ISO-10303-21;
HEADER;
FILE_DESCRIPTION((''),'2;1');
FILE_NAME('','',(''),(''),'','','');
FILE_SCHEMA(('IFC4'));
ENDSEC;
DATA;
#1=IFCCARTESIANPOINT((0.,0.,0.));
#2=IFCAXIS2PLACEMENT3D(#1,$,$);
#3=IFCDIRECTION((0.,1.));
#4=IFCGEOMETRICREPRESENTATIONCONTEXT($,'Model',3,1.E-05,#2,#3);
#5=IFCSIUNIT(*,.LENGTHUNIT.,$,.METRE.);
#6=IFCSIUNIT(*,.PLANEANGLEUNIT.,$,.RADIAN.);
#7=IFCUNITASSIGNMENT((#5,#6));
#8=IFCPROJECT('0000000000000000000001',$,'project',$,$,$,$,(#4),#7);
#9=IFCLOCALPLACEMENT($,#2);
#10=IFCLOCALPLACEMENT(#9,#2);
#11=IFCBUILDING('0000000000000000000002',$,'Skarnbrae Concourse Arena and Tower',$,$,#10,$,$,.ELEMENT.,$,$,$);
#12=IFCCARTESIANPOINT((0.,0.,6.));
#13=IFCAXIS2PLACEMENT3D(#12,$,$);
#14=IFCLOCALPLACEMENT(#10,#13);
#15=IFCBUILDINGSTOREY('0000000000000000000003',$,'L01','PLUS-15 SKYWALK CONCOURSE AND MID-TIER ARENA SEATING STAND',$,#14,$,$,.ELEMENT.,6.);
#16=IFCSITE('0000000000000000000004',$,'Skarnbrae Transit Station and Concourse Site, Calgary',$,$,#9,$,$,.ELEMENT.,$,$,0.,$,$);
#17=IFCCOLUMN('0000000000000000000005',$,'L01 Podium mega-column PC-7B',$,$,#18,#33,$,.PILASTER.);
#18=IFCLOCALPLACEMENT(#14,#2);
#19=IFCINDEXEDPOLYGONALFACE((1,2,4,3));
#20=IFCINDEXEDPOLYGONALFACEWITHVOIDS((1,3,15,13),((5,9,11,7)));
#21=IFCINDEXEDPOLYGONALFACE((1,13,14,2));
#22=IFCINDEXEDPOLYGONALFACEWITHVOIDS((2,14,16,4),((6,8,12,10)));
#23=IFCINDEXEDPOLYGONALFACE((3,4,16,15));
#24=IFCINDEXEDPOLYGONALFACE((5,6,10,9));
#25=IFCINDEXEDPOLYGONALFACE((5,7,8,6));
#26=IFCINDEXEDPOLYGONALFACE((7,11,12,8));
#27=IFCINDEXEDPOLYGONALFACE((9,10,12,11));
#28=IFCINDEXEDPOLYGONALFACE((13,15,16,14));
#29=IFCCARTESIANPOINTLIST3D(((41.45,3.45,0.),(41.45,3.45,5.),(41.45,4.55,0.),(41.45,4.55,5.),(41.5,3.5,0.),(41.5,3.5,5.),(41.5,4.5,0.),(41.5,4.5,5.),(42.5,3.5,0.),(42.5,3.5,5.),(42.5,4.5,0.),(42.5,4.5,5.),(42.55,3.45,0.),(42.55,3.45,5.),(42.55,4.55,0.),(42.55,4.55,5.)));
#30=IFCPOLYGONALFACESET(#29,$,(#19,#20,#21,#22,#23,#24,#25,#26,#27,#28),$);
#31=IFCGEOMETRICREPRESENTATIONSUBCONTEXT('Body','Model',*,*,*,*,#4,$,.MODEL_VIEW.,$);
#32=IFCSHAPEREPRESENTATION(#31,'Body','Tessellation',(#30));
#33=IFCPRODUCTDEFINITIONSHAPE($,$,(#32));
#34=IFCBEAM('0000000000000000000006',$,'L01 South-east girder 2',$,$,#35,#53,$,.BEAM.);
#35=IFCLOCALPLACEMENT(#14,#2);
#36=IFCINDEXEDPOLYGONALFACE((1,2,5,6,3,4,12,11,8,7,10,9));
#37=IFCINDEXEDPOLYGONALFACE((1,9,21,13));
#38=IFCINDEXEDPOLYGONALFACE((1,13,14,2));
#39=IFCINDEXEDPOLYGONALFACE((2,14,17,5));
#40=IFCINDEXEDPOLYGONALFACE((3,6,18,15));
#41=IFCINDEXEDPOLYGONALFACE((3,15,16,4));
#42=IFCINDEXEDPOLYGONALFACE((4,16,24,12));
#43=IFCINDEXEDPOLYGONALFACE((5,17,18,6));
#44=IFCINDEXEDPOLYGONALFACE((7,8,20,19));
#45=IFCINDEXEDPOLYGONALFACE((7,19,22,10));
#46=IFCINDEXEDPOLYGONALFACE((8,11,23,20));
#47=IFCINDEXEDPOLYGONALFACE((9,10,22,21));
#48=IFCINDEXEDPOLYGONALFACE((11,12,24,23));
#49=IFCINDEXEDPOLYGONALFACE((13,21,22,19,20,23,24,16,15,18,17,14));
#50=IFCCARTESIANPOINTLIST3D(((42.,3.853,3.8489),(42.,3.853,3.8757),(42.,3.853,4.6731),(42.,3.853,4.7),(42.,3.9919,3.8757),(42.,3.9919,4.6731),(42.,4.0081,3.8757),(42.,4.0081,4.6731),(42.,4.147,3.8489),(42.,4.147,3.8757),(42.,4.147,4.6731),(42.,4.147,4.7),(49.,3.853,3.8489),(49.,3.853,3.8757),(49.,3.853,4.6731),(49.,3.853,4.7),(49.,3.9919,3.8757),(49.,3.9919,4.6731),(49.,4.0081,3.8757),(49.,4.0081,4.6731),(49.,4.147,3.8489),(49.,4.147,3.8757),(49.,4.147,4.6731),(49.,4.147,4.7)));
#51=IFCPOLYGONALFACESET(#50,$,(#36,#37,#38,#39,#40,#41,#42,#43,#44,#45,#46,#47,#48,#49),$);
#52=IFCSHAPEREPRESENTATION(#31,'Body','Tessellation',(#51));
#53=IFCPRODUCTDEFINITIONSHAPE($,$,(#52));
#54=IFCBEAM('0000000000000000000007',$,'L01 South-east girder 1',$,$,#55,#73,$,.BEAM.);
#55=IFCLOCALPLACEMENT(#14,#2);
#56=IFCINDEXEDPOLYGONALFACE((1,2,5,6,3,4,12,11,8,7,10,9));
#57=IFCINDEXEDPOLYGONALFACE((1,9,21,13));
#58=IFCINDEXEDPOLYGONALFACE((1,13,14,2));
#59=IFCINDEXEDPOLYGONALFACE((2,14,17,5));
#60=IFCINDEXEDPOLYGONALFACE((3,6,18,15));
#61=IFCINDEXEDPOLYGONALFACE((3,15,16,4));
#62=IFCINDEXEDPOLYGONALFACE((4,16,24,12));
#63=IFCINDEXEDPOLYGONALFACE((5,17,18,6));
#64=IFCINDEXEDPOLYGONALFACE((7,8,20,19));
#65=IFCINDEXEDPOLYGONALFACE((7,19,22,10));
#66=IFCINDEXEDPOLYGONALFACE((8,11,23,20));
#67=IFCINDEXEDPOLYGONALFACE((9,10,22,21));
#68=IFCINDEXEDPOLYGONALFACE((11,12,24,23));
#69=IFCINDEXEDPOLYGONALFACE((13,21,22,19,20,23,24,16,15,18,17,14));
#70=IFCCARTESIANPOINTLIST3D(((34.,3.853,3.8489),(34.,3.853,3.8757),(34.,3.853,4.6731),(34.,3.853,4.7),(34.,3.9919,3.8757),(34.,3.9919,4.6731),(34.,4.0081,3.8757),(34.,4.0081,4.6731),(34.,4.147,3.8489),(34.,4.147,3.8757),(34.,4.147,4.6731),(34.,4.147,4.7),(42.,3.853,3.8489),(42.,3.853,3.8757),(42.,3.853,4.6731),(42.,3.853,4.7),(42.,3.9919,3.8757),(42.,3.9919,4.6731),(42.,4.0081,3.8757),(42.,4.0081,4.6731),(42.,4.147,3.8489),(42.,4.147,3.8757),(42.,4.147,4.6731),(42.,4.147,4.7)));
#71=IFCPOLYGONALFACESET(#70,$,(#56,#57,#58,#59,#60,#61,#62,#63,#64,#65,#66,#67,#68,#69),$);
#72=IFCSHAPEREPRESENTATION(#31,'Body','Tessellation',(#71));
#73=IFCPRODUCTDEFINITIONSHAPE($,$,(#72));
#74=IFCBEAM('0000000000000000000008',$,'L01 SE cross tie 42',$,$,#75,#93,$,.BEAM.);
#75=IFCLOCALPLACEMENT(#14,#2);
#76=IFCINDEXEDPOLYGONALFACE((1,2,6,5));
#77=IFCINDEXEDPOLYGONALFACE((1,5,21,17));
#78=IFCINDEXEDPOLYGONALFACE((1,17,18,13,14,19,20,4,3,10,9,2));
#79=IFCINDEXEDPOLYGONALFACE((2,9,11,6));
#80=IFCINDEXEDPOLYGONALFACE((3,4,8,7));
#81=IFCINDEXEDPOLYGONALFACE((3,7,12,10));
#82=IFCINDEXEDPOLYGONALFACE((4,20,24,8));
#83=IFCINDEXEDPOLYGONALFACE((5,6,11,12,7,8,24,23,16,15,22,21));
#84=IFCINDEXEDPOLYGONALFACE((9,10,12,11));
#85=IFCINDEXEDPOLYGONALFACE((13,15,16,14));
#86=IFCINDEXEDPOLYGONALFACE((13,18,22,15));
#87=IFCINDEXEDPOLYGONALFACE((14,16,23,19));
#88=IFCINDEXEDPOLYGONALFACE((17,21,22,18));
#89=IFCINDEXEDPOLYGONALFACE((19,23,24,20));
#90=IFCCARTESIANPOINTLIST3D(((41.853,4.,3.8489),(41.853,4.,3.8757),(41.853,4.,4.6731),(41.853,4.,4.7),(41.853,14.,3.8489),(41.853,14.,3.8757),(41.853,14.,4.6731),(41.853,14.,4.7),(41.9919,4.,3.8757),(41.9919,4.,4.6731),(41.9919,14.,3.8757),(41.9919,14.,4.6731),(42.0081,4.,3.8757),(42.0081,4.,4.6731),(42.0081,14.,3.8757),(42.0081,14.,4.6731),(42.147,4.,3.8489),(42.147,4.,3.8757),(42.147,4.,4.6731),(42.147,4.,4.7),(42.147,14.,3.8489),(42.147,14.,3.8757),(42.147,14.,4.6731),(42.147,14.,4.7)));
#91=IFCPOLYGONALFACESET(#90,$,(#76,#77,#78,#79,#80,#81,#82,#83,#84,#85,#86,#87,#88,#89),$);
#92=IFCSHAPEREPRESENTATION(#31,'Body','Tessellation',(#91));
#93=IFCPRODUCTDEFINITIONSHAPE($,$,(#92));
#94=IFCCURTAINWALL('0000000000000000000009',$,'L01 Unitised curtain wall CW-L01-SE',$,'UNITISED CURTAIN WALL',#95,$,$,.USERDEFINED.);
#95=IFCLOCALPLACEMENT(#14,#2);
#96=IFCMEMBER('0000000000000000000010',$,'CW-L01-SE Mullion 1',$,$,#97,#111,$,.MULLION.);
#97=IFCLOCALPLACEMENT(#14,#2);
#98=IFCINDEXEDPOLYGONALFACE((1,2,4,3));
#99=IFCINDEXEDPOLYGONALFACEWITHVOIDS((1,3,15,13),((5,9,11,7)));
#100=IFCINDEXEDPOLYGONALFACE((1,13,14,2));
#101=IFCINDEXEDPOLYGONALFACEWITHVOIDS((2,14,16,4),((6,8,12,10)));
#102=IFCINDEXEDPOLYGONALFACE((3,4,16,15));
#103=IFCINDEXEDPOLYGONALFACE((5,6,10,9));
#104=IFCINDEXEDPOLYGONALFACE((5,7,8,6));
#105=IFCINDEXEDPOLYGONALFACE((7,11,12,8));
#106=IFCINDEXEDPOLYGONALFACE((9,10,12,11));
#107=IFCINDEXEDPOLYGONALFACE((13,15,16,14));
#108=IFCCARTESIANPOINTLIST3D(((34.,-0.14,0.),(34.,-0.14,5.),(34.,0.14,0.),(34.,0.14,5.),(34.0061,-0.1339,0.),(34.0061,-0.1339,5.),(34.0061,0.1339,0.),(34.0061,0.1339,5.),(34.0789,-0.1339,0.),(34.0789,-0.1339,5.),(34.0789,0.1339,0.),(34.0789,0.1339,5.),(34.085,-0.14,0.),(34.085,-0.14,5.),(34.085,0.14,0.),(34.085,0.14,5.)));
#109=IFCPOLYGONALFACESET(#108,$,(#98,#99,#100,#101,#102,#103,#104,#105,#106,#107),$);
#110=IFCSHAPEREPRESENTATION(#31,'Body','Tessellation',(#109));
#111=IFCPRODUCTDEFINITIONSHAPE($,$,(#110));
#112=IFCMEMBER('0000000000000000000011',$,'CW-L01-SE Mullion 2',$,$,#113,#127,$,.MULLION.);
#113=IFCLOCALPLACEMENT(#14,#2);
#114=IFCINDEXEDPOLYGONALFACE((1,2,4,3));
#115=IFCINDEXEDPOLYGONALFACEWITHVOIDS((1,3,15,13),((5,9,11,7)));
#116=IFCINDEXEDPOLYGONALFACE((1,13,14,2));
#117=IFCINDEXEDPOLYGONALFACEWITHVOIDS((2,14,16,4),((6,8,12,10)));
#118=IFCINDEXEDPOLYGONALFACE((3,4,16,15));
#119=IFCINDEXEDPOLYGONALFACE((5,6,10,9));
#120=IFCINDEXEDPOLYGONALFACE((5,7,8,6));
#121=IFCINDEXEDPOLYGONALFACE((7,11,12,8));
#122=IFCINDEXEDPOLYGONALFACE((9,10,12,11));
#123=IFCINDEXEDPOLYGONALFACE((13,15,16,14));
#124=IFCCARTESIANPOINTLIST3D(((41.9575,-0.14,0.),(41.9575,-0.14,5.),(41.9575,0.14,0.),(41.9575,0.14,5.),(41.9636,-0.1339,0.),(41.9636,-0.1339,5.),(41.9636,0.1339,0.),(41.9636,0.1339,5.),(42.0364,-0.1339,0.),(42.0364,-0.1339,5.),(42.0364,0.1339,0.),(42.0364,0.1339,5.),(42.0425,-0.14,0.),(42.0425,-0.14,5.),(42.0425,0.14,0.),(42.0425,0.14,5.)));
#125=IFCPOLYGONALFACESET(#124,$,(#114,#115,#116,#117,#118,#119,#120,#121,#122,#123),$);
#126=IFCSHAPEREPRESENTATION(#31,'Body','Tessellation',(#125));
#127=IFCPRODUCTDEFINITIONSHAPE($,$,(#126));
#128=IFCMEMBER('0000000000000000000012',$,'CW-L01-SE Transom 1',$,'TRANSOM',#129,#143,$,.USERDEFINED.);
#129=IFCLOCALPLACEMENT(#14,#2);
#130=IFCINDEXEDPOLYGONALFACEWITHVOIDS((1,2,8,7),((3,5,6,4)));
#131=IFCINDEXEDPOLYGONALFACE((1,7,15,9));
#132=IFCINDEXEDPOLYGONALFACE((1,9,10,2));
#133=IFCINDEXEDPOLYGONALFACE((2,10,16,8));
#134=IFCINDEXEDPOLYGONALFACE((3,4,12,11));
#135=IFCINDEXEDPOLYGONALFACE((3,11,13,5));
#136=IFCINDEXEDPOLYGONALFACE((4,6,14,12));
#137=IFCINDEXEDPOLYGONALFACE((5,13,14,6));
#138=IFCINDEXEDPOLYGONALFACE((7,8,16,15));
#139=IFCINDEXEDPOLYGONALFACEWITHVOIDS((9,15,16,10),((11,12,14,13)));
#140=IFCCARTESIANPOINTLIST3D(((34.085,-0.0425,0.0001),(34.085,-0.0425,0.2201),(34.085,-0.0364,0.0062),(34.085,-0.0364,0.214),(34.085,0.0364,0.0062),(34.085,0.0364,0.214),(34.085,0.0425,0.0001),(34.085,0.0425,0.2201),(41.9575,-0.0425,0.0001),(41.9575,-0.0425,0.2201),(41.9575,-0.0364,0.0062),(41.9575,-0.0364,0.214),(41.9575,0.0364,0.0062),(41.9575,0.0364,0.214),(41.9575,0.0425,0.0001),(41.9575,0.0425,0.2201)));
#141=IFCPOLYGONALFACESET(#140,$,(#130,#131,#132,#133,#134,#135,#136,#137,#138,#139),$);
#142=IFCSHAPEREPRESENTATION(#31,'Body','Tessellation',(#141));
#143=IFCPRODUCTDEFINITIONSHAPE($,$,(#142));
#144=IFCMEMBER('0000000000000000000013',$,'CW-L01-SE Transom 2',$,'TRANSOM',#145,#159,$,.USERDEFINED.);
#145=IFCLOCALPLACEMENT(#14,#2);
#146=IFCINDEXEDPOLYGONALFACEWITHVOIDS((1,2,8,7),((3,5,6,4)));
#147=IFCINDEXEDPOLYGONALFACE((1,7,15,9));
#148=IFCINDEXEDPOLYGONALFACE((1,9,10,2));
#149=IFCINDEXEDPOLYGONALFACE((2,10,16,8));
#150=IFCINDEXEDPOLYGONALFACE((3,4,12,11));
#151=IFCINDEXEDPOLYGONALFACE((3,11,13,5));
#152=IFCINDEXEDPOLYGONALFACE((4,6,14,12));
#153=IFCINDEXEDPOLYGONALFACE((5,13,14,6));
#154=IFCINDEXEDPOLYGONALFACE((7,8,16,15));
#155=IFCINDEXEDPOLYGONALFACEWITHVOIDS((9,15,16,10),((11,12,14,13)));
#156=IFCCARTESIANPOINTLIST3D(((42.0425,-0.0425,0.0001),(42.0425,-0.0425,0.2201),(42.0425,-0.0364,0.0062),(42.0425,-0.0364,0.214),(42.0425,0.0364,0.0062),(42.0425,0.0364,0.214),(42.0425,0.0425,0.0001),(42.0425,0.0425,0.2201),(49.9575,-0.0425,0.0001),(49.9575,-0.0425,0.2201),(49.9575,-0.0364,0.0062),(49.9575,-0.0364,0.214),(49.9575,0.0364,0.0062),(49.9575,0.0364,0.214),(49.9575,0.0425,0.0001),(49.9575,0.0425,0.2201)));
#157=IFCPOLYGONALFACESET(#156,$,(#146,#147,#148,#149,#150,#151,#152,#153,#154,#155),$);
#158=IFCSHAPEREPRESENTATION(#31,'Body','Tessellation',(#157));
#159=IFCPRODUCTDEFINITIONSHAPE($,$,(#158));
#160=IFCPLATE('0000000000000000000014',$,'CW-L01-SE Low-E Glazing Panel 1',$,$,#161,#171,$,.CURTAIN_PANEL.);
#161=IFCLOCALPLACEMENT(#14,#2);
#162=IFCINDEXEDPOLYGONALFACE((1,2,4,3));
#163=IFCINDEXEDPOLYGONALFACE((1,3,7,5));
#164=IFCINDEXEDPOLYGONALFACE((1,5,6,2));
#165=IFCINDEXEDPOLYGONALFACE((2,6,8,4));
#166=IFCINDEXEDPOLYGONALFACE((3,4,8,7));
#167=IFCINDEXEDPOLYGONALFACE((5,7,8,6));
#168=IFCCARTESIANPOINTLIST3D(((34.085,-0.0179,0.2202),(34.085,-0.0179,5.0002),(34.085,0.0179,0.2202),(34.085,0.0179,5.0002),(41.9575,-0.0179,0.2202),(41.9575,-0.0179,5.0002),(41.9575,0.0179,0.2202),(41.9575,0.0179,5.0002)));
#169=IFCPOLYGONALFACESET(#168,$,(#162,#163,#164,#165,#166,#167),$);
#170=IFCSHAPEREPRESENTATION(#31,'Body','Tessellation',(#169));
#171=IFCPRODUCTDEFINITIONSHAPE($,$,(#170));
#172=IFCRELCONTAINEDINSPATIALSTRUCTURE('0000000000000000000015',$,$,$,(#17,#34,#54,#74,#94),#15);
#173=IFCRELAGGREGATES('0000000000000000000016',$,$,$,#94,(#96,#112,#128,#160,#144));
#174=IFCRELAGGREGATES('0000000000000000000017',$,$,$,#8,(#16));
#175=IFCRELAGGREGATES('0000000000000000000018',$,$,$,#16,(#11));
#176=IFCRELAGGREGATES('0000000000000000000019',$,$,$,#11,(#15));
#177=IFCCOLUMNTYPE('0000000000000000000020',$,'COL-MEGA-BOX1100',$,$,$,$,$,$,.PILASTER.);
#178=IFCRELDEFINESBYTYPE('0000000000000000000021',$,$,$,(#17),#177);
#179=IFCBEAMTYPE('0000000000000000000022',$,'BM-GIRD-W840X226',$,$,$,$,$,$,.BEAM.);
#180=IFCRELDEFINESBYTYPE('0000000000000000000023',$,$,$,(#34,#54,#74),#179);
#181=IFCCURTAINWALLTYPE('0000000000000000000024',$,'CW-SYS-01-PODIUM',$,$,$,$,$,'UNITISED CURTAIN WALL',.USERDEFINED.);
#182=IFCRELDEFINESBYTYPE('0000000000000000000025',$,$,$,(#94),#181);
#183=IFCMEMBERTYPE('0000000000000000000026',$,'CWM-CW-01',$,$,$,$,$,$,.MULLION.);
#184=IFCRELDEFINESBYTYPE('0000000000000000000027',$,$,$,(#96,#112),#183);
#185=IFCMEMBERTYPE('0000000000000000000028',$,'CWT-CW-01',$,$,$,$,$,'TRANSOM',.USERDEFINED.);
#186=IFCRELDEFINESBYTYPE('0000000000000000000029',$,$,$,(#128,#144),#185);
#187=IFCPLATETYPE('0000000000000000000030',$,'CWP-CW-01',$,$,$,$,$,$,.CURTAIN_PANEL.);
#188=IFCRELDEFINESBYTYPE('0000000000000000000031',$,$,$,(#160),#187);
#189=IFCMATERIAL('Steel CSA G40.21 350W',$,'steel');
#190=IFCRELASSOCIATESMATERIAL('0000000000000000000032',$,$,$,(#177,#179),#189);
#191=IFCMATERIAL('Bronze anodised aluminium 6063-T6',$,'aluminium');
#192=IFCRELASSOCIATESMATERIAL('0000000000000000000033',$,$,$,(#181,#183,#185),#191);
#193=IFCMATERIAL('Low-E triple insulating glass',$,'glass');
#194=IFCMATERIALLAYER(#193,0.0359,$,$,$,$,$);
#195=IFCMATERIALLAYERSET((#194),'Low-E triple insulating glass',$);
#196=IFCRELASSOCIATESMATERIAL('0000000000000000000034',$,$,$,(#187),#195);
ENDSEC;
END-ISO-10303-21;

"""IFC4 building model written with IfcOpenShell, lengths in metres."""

from ifc_helpers import new_model, si_unit, direction, frame, origin, origin_2d, place, context, subcontext, project, spatial, rectangle, hollow_rectangle, i_section, extrude, source, transform, mapped, material, layer, layer_set, material_profile, profile_set, type_object, element, aggregate, save


model = new_model("IFC4")

# Units and contexts
model_context = context("Model", 3, precision=1e-05, world=origin(), true_north=direction((0.0, 1.0)))
body_context = subcontext(model_context, "Body", "Model", "MODEL_VIEW")
ifc_project = project(units=[si_unit("LENGTHUNIT", "METRE"), si_unit("PLANEANGLEUNIT", "RADIAN")], contexts=[model_context])

# Site, building, storey
site_placement = place(None, origin())
site = spatial("IfcSite", under=ifc_project, at=site_placement, Name="Skarnbrae Transit Station and Concourse Site, Calgary", CompositionType="ELEMENT", RefElevation=0.0)
building_placement = place(site_placement, origin())
building = spatial("IfcBuilding", under=site, at=building_placement, Name="Skarnbrae Concourse Arena and Tower", CompositionType="ELEMENT")
storey_placement = place(building_placement, frame((0.0, 0.0, 6.0)))
storey = spatial("IfcBuildingStorey", under=building, at=storey_placement, Name="L01", Description="PLUS-15 SKYWALK CONCOURSE AND MID-TIER ARENA SEATING STAND", CompositionType="ELEMENT", Elevation=6.0)

# Column
ifc_material_1 = material(Name="Steel CSA G40.21 350W", Category="steel")
ifc_material_profile_1 = material_profile(ifc_material_1, hollow_rectangle(XDim=1.1001, YDim=1.1001, WallThickness=0.05, at=origin_2d()), Name="BOX1100X1100X50")
ifc_profile_set_1 = profile_set([ifc_material_profile_1], Name="Steel CSA G40.21 350W")
column_type = type_object("IfcColumnType", Name="COL-MEGA-BOX1100", PredefinedType="PILASTER", material=ifc_profile_set_1)
shared_shape_1 = source(origin(), body_context, "Body", "SweptSolid", [
    extrude(hollow_rectangle(XDim=1.1001, YDim=1.1001, WallThickness=0.05, at=origin_2d()), origin(), (0.0, 0.0, 1.0), 5.0),
])
column_placement = place(storey_placement, frame((42.0, 4.0, 0.0), z_axis=(0.0, 0.0, 1.0), x_axis=(1.0, 0.0, 0.0)))
element("IfcColumn", 1, at=column_placement, inside=storey, type_object=column_type, Name="L01 Podium mega-column PC-7B", PredefinedType="PILASTER", context=body_context, shape_type="MappedRepresentation", body=[
    mapped(shared_shape_1, transform((0.0, 0.0, 0.0))),
])

# Beams
ifc_material_profile_2 = material_profile(ifc_material_1, i_section(OverallWidth=0.2939, OverallDepth=0.8511, WebThickness=0.0161, FlangeThickness=0.0269, at=origin_2d()), Name="W840X226")
ifc_profile_set_2 = profile_set([ifc_material_profile_2], Name="Steel CSA G40.21 350W")
beam_type = type_object("IfcBeamType", Name="BM-GIRD-W840X226", PredefinedType="BEAM", material=ifc_profile_set_2)
shared_shape_2 = source(origin(), body_context, "Body", "SweptSolid", [
    extrude(i_section(OverallWidth=0.2939, OverallDepth=0.8511, WebThickness=0.0161, FlangeThickness=0.0269, at=origin_2d()), origin(), (0.0, 0.0, 1.0), 7.0),
])
beam_1_placement = place(storey_placement, frame((42.0, 4.0, 4.2744), z_axis=(1.0, 0.0, 0.0), x_axis=(0.0, 1.0, 0.0)))
element("IfcBeam", 2, at=beam_1_placement, inside=storey, type_object=beam_type, Name="L01 South-east girder 2", PredefinedType="BEAM", context=body_context, shape_type="MappedRepresentation", body=[
    mapped(shared_shape_2, transform((0.0, 0.0, 0.0))),
])
shared_shape_3 = source(origin(), body_context, "Body", "SweptSolid", [
    extrude(i_section(OverallWidth=0.2939, OverallDepth=0.8511, WebThickness=0.0161, FlangeThickness=0.0269, at=origin_2d()), origin(), (0.0, 0.0, 1.0), 8.0),
])
beam_2_placement = place(storey_placement, frame((34.0, 4.0, 4.2744), z_axis=(1.0, 0.0, 0.0), x_axis=(0.0, 1.0, 0.0)))
element("IfcBeam", 3, at=beam_2_placement, inside=storey, type_object=beam_type, Name="L01 South-east girder 1", PredefinedType="BEAM", context=body_context, shape_type="MappedRepresentation", body=[
    mapped(shared_shape_3, transform((0.0, 0.0, 0.0))),
])
shared_shape_4 = source(origin(), body_context, "Body", "SweptSolid", [
    extrude(i_section(OverallWidth=0.2939, OverallDepth=0.8511, WebThickness=0.0161, FlangeThickness=0.0269, at=origin_2d()), origin(), (0.0, 0.0, 1.0), 10.0),
])
beam_3_placement = place(storey_placement, frame((42.0, 4.0, 4.2744), z_axis=(0.0, 1.0, 0.0), x_axis=(-1.0, 0.0, 0.0)))
element("IfcBeam", 4, at=beam_3_placement, inside=storey, type_object=beam_type, Name="L01 SE cross tie 42", PredefinedType="BEAM", context=body_context, shape_type="MappedRepresentation", body=[
    mapped(shared_shape_4, transform((0.0, 0.0, 0.0))),
])

# Curtain wall, members, plate
ifc_material_2 = material(Name="Bronze anodised aluminium 6063-T6", Category="aluminium")
curtain_wall_type = type_object("IfcCurtainWallType", Name="CW-SYS-01-PODIUM", ElementType="UNITISED CURTAIN WALL", PredefinedType="USERDEFINED", material=ifc_material_2)
curtain_wall_placement = place(storey_placement, origin())
curtain_wall = element("IfcCurtainWall", 5, at=curtain_wall_placement, inside=storey, type_object=curtain_wall_type, Name="L01 Unitised curtain wall CW-L01-SE", ObjectType="UNITISED CURTAIN WALL", PredefinedType="USERDEFINED")
ifc_material_profile_3 = material_profile(ifc_material_2, hollow_rectangle(XDim=0.085, YDim=0.28, WallThickness=0.0061, at=origin_2d()), Name="ALU-MULL-85X280")
ifc_profile_set_3 = profile_set([ifc_material_profile_3], Name="Bronze anodised aluminium 6063-T6")
member_type_1 = type_object("IfcMemberType", Name="CWM-CW-01", PredefinedType="MULLION", material=ifc_profile_set_3)
shared_shape_5 = source(origin(), body_context, "Body", "SweptSolid", [
    extrude(hollow_rectangle(XDim=0.085, YDim=0.28, WallThickness=0.0061, at=origin_2d()), origin(), (0.0, 0.0, 1.0), 5.0),
])
member_1_placement = place(storey_placement, frame((34.0425, 0.0, 0.0), z_axis=(0.0, 0.0, 1.0), x_axis=(1.0, 0.0, 0.0)))
member_1 = element("IfcMember", 6, at=member_1_placement, type_object=member_type_1, Name="CW-L01-SE Mullion 1", PredefinedType="MULLION", context=body_context, shape_type="MappedRepresentation", body=[
    mapped(shared_shape_5, transform((0.0, 0.0, 0.0))),
])
member_2_placement = place(storey_placement, frame((42.0, 0.0, 0.0), z_axis=(0.0, 0.0, 1.0), x_axis=(1.0, 0.0, 0.0)))
member_2 = element("IfcMember", 7, at=member_2_placement, type_object=member_type_1, Name="CW-L01-SE Mullion 2", PredefinedType="MULLION", context=body_context, shape_type="MappedRepresentation", body=[
    mapped(shared_shape_5, transform((0.0, 0.0, 0.0))),
])
ifc_material_profile_4 = material_profile(ifc_material_2, hollow_rectangle(XDim=0.085, YDim=0.22, WallThickness=0.0061, at=origin_2d()), Name="ALU-TRAN-85X220")
ifc_profile_set_4 = profile_set([ifc_material_profile_4], Name="Bronze anodised aluminium 6063-T6")
member_type_2 = type_object("IfcMemberType", Name="CWT-CW-01", ElementType="TRANSOM", PredefinedType="USERDEFINED", material=ifc_profile_set_4)
shared_shape_6 = source(origin(), body_context, "Body", "SweptSolid", [
    extrude(hollow_rectangle(XDim=0.085, YDim=0.22, WallThickness=0.0061, at=origin_2d()), origin(), (0.0, 0.0, 1.0), 7.8726),
])
member_3_placement = place(storey_placement, frame((34.085, 0.0, 0.1101), z_axis=(1.0, 0.0, 0.0), x_axis=(0.0, 1.0, 0.0)))
member_3 = element("IfcMember", 8, at=member_3_placement, type_object=member_type_2, Name="CW-L01-SE Transom 1", ObjectType="TRANSOM", PredefinedType="USERDEFINED", context=body_context, shape_type="MappedRepresentation", body=[
    mapped(shared_shape_6, transform((0.0, 0.0, 0.0))),
])
shared_shape_7 = source(origin(), body_context, "Body", "SweptSolid", [
    extrude(hollow_rectangle(XDim=0.085, YDim=0.22, WallThickness=0.0061, at=origin_2d()), origin(), (0.0, 0.0, 1.0), 7.915),
])
member_4_placement = place(storey_placement, frame((42.0425, 0.0, 0.1101), z_axis=(1.0, 0.0, 0.0), x_axis=(0.0, 1.0, 0.0)))
member_4 = element("IfcMember", 9, at=member_4_placement, type_object=member_type_2, Name="CW-L01-SE Transom 2", ObjectType="TRANSOM", PredefinedType="USERDEFINED", context=body_context, shape_type="MappedRepresentation", body=[
    mapped(shared_shape_7, transform((0.0, 0.0, 0.0))),
])
ifc_material_3 = material(Name="Low-E triple insulating glass", Category="glass")
ifc_layer_1 = layer(ifc_material_3, 0.0359)
ifc_layer_set_1 = layer_set([ifc_layer_1], Name="Low-E triple insulating glass")
plate_type = type_object("IfcPlateType", Name="CWP-CW-01", PredefinedType="CURTAIN_PANEL", material=ifc_layer_set_1)
shared_shape_8 = source(origin(), body_context, "Body", "SweptSolid", [
    extrude(rectangle(XDim=7.8726, YDim=0.0359, at=origin_2d()), origin(), (0.0, 0.0, 1.0), 4.78),
])
plate_placement = place(storey_placement, frame((38.0212, 0.0, 0.2202), z_axis=(0.0, 0.0, 1.0), x_axis=(1.0, 0.0, 0.0)))
plate = element("IfcPlate", 10, at=plate_placement, type_object=plate_type, Name="CW-L01-SE Low-E Glazing Panel 1", PredefinedType="CURTAIN_PANEL", context=body_context, shape_type="MappedRepresentation", body=[
    mapped(shared_shape_8, transform((0.0, 0.0, 0.0))),
])
aggregate(curtain_wall, [member_1, member_2, member_3, plate, member_4])

save(model, "model.ifc")
